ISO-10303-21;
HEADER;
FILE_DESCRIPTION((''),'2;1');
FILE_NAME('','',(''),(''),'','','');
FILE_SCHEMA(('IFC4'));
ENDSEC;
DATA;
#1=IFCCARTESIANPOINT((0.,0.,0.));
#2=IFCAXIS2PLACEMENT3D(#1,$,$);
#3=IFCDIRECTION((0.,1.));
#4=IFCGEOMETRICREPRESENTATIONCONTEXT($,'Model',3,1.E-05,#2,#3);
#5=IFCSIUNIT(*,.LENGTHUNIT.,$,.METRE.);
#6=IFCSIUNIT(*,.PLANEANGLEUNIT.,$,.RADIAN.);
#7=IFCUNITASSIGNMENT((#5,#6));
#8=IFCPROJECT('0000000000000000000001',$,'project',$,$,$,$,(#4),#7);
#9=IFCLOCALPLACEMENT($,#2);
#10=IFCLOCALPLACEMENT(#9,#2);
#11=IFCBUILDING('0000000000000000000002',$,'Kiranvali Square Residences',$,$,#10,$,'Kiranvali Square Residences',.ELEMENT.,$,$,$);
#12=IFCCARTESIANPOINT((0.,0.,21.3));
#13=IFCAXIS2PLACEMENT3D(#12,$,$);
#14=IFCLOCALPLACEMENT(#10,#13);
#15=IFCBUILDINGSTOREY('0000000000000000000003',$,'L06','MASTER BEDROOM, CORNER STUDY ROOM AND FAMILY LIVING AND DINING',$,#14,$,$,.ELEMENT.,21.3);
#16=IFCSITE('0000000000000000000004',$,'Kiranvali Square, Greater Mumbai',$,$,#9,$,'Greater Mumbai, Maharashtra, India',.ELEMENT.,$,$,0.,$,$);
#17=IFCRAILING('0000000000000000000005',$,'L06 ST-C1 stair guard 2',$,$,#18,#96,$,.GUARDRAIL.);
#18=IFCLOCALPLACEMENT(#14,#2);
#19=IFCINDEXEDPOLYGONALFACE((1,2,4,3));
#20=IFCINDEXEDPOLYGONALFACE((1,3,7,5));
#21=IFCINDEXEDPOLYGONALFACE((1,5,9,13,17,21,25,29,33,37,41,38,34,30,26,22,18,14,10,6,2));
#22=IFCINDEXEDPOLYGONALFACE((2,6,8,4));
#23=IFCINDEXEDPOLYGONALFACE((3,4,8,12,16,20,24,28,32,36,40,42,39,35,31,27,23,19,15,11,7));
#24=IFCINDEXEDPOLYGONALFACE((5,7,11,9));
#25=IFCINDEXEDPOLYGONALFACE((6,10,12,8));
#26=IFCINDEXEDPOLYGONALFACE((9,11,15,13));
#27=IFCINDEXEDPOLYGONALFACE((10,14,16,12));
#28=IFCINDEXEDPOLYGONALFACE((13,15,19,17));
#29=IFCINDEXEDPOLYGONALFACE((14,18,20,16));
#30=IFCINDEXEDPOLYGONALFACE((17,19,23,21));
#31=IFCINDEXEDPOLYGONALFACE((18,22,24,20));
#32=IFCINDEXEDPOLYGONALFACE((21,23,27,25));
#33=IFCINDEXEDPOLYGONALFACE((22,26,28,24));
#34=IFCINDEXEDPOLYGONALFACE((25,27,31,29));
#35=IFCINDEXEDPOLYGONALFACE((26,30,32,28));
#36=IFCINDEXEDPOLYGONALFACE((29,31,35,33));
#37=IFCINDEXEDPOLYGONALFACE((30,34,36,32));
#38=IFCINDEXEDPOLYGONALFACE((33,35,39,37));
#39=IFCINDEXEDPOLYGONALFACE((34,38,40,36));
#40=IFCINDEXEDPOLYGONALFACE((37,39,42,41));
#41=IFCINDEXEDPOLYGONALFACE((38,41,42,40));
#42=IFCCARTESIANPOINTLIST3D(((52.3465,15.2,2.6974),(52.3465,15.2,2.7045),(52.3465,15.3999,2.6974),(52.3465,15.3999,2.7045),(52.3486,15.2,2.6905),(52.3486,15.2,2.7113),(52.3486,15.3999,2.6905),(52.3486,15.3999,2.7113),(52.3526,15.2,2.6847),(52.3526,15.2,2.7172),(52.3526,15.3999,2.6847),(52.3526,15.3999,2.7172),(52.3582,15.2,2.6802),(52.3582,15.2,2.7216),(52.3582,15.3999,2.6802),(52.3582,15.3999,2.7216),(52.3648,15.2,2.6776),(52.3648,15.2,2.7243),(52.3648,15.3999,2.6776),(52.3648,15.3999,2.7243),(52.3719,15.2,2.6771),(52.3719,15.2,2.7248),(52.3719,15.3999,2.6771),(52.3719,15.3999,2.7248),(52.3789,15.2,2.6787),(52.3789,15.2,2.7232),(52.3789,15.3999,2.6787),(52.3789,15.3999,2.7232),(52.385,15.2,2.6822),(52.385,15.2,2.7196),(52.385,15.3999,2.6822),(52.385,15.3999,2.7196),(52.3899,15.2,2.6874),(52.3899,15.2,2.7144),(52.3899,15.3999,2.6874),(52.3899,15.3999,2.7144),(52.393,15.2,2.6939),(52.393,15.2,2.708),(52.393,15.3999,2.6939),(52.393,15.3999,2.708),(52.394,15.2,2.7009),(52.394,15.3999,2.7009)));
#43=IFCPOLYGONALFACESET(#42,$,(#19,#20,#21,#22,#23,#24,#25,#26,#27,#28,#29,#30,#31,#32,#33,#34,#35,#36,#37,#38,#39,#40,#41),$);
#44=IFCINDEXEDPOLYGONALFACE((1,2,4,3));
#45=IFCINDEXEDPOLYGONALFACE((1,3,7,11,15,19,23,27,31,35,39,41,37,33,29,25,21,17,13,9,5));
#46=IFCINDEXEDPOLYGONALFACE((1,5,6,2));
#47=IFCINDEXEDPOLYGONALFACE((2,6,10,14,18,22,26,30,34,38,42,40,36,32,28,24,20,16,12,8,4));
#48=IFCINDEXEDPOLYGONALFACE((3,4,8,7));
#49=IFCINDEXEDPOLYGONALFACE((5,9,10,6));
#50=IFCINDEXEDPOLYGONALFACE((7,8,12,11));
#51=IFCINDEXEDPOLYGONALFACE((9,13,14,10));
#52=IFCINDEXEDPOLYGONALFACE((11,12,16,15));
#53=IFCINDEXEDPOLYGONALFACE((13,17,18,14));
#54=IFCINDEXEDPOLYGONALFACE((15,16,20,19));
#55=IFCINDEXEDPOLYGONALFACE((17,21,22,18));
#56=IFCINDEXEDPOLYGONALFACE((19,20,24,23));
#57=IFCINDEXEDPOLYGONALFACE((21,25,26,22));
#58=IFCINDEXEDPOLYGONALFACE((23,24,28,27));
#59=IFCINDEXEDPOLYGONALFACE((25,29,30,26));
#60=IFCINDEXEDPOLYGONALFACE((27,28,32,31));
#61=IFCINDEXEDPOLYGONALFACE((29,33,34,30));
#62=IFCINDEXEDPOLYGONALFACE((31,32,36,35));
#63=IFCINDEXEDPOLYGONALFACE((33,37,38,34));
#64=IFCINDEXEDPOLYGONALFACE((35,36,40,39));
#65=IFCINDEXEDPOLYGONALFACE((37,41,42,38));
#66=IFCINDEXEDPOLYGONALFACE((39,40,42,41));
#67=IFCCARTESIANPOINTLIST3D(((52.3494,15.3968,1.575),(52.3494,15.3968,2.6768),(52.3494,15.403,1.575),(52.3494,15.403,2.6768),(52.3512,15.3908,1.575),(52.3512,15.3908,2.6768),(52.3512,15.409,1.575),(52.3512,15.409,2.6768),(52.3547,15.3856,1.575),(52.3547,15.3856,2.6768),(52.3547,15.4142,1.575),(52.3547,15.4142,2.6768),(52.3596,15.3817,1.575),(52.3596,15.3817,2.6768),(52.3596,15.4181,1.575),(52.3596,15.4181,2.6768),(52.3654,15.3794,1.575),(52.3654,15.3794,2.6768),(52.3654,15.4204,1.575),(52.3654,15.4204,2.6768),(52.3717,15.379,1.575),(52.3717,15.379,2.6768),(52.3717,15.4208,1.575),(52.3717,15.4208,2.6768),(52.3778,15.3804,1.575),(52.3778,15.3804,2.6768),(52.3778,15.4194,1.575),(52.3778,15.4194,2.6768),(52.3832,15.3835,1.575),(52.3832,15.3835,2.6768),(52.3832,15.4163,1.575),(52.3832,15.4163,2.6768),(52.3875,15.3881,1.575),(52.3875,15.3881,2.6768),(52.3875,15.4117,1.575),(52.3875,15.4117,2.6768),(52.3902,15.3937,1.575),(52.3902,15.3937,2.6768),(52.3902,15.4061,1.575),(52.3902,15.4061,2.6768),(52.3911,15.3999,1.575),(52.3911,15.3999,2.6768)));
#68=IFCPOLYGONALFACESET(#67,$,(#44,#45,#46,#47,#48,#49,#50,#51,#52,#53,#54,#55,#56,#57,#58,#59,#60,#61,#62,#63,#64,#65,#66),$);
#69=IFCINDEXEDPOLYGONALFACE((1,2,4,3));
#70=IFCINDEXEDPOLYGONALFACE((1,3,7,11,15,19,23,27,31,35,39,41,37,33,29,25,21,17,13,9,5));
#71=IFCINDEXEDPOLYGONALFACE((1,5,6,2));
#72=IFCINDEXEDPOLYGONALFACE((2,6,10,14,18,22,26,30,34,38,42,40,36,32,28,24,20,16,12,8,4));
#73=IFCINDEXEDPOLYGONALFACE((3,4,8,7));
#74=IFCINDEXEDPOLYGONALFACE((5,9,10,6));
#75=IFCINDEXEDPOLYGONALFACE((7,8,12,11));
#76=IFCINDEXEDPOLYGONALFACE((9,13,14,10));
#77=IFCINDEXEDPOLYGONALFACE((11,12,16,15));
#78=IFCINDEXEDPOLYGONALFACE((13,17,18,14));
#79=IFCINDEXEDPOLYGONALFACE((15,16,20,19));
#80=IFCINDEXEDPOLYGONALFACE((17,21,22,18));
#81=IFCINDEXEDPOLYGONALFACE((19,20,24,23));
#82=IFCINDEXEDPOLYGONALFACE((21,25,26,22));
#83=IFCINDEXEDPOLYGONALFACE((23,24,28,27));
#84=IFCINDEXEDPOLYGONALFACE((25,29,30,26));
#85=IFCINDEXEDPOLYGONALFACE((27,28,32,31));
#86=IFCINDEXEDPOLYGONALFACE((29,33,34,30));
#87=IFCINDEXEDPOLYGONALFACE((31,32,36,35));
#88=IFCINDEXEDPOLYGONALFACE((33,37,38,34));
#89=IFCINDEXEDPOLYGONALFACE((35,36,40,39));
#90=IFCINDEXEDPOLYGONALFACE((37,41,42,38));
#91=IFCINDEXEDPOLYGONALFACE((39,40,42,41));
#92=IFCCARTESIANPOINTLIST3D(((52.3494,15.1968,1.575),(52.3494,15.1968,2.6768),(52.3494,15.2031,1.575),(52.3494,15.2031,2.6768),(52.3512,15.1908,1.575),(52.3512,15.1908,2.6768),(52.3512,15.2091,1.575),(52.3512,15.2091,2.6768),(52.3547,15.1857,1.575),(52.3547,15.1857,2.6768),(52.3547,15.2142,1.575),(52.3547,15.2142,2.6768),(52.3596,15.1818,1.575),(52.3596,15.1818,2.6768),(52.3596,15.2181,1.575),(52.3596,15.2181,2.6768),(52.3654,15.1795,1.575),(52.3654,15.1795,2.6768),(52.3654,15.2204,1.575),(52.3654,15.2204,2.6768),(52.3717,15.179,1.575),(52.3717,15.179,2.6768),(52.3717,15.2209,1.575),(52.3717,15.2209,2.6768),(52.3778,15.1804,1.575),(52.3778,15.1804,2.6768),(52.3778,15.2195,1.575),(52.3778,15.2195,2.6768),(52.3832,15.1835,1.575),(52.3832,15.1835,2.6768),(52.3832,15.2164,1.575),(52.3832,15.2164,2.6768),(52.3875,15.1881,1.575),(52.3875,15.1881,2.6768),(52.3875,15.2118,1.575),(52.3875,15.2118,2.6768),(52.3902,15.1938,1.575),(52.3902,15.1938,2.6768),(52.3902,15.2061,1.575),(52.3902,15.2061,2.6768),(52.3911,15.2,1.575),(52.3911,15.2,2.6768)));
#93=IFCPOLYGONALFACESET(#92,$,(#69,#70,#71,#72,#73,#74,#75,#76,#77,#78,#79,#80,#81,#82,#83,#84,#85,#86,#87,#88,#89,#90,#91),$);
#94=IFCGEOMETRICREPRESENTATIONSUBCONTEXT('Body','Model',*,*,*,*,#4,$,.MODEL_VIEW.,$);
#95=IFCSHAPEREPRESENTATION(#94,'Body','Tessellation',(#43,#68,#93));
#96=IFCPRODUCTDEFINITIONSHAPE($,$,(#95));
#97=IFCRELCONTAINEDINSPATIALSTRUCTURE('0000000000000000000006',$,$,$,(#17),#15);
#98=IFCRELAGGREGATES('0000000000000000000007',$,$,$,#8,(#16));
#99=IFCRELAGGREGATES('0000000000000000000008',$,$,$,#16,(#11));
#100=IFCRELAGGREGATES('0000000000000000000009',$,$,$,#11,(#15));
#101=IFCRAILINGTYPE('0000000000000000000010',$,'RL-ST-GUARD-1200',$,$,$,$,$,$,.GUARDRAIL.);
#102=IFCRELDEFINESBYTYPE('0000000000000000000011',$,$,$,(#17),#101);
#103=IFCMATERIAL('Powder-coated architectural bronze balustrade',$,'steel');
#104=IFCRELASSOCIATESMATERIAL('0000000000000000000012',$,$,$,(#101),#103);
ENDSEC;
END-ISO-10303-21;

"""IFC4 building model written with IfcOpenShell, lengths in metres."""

from ifc_helpers import new_model, si_unit, direction, frame, origin, origin_2d, place, context, subcontext, project, spatial, circle, extrude, material, type_object, element, save


model = new_model("IFC4")

# Units and contexts
model_context = context("Model", 3, precision=1e-05, world=origin(), true_north=direction((0.0, 1.0)))
body_context = subcontext(model_context, "Body", "Model", "MODEL_VIEW")
ifc_project = project(units=[si_unit("LENGTHUNIT", "METRE"), si_unit("PLANEANGLEUNIT", "RADIAN")], contexts=[model_context])

# Site, building, storey
site_placement = place(None, origin())
site = spatial("IfcSite", under=ifc_project, at=site_placement, Name="Kiranvali Square, Greater Mumbai", LongName="Greater Mumbai, Maharashtra, India", CompositionType="ELEMENT", RefElevation=0.0)
building_placement = place(site_placement, origin())
building = spatial("IfcBuilding", under=site, at=building_placement, Name="Kiranvali Square Residences", LongName="Kiranvali Square Residences", CompositionType="ELEMENT")
storey_placement = place(building_placement, frame((0.0, 0.0, 21.3)))
storey = spatial("IfcBuildingStorey", under=building, at=storey_placement, Name="L06", Description="MASTER BEDROOM, CORNER STUDY ROOM AND FAMILY LIVING AND DINING", CompositionType="ELEMENT", Elevation=21.3)

# Railing
ifc_material_1 = material(Name="Powder-coated architectural bronze balustrade", Category="steel")
railing_type_1 = type_object("IfcRailingType", Name="RL-ST-GUARD-1200", PredefinedType="GUARDRAIL", material=ifc_material_1)
railing_1_placement = place(storey_placement, frame((52.3701, 15.3999, 1.575)))
element("IfcRailing", 1, at=railing_1_placement, inside=storey, type_object=railing_type_1, Name="L06 ST-C1 stair guard 2", PredefinedType="GUARDRAIL", context=body_context, shape_type="SweptSolid", body=[
    extrude(circle(Radius=0.0239, at=origin_2d()), frame((0.0, 0.0, 1.126), z_axis=(0.0, -1.0, 0.0), x_axis=(1.0, 0.0, 0.0)), (0.0, 0.0, 1.0), 0.2),
    extrude(circle(Radius=0.021, at=origin_2d()), origin(), (0.0, 0.0, 1.0), 1.1018),
    extrude(circle(Radius=0.021, at=origin_2d()), frame((0.0, -0.2, 0.0)), (0.0, 0.0, 1.0), 1.1018),
])

save(model, "model.ifc")
